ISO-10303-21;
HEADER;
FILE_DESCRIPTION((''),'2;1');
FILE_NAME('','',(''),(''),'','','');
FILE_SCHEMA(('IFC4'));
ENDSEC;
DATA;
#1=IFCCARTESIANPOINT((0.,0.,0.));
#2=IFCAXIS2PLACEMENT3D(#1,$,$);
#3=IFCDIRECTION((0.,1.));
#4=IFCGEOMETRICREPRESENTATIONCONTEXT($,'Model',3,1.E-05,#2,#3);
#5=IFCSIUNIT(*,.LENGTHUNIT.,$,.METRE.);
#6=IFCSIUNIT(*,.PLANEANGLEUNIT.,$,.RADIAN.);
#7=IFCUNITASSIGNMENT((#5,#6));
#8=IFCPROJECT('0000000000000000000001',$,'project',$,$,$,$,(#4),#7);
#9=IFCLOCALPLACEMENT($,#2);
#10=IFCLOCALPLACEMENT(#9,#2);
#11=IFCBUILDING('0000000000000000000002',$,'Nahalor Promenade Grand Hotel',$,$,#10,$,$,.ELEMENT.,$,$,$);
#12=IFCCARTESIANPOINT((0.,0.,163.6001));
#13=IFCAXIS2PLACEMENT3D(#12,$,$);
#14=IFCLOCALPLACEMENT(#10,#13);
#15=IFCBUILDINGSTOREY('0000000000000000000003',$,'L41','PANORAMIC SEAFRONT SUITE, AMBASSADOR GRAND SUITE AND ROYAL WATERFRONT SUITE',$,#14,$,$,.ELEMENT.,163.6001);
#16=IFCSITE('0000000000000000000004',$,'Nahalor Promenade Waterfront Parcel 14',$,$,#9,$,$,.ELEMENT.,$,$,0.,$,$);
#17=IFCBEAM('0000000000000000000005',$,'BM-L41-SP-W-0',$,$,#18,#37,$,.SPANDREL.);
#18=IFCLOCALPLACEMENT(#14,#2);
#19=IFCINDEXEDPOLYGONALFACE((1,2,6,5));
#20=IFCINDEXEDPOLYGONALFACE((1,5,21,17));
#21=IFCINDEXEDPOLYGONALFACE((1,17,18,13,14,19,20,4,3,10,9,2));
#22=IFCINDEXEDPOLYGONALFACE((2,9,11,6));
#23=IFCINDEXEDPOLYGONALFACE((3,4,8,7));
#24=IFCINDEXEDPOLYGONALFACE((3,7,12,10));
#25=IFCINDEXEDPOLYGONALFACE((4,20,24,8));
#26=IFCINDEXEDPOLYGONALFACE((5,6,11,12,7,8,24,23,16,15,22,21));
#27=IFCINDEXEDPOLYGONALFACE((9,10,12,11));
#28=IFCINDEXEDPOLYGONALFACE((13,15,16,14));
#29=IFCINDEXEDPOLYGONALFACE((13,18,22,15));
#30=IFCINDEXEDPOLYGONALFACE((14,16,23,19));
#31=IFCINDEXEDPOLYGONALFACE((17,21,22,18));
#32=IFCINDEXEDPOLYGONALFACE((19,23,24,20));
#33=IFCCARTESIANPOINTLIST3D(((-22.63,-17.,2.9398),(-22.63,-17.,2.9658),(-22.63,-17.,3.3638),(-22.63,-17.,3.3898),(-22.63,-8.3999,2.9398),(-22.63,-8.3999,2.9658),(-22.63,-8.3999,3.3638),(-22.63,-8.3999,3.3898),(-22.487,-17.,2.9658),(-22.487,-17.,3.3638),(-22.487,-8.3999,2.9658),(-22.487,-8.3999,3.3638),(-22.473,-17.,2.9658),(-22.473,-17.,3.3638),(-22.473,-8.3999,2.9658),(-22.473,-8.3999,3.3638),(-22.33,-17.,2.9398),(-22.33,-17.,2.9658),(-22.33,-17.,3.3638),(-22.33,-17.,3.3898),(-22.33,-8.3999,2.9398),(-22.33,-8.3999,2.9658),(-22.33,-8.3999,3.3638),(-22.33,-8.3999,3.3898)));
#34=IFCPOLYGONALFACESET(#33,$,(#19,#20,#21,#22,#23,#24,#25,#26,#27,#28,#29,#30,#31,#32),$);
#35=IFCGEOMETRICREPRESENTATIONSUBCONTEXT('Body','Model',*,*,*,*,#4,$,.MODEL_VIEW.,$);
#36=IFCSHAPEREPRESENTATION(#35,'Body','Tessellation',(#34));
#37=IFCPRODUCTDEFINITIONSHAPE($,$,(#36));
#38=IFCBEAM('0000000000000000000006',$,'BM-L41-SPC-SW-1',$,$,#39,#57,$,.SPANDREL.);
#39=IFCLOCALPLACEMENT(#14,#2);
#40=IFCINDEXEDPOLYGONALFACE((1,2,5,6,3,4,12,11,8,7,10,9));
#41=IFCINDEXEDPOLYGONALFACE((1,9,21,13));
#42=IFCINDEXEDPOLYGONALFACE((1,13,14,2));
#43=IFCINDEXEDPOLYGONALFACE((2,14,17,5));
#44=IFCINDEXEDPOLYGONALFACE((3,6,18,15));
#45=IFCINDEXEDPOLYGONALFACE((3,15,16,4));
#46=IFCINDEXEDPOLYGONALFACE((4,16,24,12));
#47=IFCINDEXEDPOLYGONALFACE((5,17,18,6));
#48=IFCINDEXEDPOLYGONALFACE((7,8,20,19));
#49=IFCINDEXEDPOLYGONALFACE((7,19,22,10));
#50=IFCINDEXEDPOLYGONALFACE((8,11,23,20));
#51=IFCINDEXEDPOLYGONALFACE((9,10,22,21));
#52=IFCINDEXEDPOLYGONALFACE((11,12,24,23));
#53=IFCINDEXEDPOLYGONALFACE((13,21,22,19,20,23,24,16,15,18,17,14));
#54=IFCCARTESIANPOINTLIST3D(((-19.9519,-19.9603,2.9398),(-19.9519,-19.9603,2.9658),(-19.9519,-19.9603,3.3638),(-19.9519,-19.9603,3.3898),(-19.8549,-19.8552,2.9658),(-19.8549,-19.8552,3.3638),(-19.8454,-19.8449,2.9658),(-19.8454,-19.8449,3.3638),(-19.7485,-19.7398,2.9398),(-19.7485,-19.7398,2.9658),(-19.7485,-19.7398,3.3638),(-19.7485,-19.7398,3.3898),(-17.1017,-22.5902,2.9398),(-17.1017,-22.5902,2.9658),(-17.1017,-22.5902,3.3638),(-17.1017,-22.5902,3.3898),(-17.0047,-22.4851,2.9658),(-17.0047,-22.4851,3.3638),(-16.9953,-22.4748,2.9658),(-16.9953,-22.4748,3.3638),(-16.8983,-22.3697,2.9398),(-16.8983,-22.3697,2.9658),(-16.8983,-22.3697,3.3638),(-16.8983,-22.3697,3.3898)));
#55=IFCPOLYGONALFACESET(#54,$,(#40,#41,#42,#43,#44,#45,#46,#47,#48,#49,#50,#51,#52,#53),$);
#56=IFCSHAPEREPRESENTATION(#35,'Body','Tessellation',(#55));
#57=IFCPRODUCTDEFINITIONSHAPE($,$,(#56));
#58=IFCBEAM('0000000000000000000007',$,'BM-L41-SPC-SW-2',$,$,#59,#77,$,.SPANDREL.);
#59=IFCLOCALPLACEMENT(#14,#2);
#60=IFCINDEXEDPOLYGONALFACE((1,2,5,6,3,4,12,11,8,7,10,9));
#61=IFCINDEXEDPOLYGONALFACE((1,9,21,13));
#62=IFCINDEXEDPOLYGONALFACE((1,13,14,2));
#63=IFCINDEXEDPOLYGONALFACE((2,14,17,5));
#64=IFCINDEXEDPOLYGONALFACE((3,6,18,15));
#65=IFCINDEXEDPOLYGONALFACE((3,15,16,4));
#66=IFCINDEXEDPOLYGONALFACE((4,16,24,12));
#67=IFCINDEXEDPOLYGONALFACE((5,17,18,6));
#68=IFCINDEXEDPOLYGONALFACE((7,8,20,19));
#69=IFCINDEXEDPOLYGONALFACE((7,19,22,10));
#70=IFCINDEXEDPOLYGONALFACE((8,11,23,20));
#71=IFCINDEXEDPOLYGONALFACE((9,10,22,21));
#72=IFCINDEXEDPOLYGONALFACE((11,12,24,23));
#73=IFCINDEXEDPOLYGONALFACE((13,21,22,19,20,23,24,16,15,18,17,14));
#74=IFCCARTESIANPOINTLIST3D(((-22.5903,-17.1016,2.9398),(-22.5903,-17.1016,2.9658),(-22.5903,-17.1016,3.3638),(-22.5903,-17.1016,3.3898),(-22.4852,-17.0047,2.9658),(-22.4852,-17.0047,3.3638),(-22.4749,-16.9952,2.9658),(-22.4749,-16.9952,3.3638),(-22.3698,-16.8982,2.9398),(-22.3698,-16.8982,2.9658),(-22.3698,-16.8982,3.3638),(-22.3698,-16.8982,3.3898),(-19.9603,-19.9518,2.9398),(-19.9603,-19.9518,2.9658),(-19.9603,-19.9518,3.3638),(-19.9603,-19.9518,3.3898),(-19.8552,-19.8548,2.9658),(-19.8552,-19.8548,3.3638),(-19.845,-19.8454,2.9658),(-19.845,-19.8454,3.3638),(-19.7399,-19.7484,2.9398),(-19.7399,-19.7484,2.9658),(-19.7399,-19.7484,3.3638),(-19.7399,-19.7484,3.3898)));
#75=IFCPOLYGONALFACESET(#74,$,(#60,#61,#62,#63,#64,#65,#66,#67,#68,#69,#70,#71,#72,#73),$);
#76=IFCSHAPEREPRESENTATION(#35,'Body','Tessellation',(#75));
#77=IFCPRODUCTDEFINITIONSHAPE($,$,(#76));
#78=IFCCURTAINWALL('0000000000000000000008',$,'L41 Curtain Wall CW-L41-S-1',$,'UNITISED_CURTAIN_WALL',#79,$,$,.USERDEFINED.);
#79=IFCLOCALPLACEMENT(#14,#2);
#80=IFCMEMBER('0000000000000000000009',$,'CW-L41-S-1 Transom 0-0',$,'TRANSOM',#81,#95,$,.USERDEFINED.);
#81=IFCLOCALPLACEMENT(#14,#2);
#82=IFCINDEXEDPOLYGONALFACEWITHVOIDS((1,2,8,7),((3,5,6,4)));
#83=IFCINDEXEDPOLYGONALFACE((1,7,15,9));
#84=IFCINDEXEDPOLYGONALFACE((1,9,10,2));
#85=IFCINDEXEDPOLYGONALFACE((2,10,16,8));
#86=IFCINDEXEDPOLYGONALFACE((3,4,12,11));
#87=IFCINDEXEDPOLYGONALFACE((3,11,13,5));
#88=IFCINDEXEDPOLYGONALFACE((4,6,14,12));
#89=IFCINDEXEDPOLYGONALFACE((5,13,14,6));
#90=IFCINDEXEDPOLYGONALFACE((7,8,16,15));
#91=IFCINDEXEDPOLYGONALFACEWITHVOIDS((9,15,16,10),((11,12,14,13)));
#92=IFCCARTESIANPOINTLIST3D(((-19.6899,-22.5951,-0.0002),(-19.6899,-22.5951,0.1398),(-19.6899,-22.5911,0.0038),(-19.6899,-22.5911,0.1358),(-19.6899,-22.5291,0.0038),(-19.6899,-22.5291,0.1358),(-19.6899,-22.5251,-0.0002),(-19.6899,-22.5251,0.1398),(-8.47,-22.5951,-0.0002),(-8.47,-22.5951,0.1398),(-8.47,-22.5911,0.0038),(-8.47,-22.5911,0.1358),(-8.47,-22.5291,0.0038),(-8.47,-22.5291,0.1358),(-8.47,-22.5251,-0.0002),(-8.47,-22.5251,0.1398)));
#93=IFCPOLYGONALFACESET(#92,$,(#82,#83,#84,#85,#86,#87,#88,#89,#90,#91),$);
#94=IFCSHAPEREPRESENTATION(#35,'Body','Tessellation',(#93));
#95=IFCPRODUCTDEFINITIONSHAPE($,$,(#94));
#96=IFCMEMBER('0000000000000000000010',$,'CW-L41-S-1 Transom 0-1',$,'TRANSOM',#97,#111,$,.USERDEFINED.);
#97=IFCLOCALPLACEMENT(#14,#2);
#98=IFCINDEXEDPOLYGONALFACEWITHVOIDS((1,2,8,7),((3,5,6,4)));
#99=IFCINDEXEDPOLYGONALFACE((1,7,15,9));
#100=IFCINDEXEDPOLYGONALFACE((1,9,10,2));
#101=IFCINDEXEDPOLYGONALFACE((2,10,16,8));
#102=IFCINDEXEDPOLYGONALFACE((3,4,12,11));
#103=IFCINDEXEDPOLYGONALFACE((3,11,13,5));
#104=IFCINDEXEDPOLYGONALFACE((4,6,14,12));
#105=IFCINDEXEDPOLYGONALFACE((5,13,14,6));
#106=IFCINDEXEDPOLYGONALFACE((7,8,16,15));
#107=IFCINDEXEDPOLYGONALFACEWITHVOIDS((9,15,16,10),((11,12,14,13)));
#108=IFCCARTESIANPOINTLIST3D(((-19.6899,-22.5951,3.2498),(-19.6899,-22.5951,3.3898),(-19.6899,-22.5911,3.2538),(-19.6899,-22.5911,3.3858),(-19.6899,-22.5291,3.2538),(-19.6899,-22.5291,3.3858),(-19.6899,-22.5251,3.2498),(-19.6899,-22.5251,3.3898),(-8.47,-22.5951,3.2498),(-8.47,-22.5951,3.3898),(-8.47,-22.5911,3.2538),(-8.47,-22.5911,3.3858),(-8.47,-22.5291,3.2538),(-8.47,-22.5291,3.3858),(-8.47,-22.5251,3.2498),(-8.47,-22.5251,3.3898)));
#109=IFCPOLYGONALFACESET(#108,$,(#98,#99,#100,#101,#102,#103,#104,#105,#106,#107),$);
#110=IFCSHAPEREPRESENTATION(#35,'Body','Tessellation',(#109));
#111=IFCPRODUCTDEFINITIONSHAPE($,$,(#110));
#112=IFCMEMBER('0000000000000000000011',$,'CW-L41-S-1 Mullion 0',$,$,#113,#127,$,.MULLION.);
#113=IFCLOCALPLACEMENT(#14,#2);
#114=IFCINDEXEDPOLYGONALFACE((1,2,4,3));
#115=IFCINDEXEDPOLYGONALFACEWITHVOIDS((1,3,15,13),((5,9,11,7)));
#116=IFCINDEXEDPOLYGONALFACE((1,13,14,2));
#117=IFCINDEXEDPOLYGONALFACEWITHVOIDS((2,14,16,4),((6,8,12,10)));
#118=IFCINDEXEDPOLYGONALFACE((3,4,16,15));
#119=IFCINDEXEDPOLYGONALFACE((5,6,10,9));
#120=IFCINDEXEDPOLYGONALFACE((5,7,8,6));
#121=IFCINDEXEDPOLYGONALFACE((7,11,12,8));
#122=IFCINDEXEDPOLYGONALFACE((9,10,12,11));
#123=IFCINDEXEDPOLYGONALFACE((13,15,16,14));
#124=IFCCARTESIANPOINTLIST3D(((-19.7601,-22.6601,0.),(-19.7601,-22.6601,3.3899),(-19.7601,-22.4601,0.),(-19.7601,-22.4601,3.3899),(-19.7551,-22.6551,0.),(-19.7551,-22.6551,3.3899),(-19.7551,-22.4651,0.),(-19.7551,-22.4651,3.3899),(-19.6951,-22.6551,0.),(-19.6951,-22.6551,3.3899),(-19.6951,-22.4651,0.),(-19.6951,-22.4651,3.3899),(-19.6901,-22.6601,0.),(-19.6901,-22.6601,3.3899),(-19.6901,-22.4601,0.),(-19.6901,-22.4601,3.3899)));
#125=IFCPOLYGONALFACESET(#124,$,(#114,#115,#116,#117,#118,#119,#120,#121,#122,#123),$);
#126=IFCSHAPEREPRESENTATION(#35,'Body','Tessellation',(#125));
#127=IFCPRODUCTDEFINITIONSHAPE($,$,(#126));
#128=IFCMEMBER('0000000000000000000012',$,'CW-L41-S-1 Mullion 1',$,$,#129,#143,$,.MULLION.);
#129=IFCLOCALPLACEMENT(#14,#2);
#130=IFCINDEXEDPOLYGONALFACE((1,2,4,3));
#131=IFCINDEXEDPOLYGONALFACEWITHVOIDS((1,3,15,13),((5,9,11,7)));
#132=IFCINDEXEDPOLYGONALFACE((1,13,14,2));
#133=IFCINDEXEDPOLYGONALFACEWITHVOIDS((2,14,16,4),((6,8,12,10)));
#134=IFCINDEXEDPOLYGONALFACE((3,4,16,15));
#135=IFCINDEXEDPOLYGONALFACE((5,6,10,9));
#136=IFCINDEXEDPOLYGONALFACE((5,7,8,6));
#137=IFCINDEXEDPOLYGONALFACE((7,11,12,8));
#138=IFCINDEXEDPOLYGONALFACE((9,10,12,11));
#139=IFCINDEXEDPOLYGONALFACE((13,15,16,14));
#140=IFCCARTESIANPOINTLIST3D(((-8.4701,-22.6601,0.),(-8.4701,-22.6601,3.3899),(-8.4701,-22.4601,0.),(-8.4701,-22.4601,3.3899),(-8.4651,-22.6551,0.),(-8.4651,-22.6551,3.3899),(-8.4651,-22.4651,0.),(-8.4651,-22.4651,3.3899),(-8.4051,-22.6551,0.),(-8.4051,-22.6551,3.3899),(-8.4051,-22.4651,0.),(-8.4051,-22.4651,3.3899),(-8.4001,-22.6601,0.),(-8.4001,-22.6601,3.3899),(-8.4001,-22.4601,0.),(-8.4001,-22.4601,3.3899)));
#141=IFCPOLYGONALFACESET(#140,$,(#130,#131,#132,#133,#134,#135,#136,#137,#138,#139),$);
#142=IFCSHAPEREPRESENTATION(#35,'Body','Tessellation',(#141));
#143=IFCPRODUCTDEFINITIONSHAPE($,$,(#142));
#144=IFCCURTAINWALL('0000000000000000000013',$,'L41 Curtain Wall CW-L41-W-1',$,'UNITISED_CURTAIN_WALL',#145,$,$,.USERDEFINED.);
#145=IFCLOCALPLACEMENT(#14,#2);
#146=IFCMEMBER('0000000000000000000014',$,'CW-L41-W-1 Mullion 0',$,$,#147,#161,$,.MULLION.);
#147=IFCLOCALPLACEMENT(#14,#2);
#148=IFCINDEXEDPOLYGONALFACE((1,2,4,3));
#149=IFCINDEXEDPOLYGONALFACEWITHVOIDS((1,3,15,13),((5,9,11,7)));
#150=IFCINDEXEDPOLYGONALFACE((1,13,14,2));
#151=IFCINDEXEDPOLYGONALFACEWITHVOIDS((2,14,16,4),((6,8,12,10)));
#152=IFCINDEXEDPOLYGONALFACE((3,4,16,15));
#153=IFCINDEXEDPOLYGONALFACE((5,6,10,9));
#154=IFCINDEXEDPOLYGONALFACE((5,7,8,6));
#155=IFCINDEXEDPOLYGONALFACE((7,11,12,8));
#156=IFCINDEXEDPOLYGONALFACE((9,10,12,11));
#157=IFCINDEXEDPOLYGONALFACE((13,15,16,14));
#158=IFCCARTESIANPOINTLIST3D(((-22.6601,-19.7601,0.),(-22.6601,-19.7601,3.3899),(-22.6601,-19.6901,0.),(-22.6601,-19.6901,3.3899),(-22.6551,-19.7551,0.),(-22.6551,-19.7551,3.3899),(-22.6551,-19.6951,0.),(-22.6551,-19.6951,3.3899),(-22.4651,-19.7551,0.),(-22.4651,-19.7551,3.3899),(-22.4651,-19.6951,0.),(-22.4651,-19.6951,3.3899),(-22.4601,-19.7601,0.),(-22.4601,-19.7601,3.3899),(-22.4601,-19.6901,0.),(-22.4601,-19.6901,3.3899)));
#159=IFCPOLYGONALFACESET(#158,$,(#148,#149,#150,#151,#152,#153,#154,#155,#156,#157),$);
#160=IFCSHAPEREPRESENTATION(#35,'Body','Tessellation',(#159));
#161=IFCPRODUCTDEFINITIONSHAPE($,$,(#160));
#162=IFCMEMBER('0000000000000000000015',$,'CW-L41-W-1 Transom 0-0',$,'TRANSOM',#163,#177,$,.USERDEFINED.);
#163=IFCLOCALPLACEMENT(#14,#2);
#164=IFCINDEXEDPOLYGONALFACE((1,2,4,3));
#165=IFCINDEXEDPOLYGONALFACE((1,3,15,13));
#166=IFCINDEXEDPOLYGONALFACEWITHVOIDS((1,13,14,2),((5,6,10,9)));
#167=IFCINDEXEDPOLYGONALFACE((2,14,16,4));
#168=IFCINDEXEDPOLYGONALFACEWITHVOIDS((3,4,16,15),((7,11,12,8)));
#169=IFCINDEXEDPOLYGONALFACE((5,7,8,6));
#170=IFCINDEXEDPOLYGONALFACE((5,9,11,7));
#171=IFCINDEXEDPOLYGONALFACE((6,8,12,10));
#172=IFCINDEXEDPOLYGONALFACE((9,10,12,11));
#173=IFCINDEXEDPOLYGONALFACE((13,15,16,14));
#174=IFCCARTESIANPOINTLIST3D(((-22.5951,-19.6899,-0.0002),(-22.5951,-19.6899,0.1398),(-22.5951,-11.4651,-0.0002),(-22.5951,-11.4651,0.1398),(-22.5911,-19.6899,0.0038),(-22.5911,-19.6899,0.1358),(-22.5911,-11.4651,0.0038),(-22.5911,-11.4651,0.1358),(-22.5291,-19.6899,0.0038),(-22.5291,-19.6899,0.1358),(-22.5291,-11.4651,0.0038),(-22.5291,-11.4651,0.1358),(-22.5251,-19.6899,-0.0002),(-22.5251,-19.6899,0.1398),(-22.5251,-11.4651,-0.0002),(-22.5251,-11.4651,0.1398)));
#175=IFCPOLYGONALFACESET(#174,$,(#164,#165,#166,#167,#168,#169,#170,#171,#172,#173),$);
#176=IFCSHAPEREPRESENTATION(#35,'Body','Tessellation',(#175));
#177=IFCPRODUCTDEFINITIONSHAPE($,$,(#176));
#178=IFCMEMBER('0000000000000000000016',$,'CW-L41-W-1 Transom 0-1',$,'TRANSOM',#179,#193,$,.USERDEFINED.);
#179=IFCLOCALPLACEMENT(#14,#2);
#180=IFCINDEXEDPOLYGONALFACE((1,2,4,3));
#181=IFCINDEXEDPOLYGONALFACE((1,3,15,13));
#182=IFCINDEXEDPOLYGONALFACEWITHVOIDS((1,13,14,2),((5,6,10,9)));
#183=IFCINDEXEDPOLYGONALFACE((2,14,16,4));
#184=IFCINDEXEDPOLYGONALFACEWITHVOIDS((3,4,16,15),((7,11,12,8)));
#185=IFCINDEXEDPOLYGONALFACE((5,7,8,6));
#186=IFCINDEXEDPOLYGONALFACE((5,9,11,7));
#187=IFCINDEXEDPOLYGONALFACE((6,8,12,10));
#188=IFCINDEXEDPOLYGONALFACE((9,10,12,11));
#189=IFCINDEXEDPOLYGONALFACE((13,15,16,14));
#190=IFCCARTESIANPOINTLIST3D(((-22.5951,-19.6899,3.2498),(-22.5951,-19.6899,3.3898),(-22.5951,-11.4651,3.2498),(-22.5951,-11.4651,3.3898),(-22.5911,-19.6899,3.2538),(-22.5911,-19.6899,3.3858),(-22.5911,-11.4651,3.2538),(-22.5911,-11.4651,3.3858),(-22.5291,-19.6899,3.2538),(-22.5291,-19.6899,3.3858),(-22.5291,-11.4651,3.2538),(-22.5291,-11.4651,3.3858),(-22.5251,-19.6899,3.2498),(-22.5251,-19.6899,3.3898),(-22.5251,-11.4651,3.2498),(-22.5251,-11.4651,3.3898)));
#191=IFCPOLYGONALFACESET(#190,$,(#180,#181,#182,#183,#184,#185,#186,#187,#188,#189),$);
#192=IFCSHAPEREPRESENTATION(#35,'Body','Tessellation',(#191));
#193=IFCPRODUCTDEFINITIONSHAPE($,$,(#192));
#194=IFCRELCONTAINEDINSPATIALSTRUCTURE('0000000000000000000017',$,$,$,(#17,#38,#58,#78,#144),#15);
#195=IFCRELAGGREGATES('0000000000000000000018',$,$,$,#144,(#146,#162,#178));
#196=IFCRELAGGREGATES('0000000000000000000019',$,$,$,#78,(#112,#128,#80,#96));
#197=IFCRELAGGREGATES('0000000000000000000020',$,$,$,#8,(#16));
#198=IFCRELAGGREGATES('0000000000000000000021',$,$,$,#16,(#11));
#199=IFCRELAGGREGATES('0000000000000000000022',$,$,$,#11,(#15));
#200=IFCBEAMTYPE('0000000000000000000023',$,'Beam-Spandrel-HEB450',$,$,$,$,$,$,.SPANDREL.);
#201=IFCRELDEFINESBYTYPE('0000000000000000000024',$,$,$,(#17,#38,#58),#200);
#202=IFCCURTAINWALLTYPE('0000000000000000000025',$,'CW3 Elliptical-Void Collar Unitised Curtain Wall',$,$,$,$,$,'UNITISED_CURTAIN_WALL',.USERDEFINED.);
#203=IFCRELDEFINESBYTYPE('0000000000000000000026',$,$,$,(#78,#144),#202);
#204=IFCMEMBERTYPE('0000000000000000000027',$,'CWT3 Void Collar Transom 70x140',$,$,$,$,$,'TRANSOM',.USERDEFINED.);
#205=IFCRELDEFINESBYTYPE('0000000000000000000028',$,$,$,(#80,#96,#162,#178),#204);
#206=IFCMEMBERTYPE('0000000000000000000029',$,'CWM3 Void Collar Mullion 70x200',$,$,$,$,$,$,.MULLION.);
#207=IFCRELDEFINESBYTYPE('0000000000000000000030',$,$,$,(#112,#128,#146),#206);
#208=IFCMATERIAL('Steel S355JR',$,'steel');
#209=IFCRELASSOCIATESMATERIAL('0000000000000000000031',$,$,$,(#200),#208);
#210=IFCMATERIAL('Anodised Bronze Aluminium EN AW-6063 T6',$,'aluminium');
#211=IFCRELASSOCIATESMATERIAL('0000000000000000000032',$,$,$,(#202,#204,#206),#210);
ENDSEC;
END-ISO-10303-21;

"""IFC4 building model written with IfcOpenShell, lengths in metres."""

from ifc_helpers import new_model, si_unit, direction, frame, origin, origin_2d, place, context, subcontext, project, spatial, hollow_rectangle, i_section, extrude, source, transform, mapped, material, material_profile, profile_set, type_object, element, aggregate, save


model = new_model("IFC4")

# Units and contexts
model_context = context("Model", 3, precision=1e-05, world=origin(), true_north=direction((0.0, 1.0)))
body_context = subcontext(model_context, "Body", "Model", "MODEL_VIEW")
ifc_project = project(units=[si_unit("LENGTHUNIT", "METRE"), si_unit("PLANEANGLEUNIT", "RADIAN")], contexts=[model_context])

# Site, building, storey
site_placement = place(None, origin())
site = spatial("IfcSite", under=ifc_project, at=site_placement, Name="Nahalor Promenade Waterfront Parcel 14", CompositionType="ELEMENT", RefElevation=0.0)
building_placement = place(site_placement, origin())
building = spatial("IfcBuilding", under=site, at=building_placement, Name="Nahalor Promenade Grand Hotel", CompositionType="ELEMENT")
storey_placement = place(building_placement, frame((0.0, 0.0, 163.6001)))
storey = spatial("IfcBuildingStorey", under=building, at=storey_placement, Name="L41", Description="PANORAMIC SEAFRONT SUITE, AMBASSADOR GRAND SUITE AND ROYAL WATERFRONT SUITE", CompositionType="ELEMENT", Elevation=163.6001)

# Beams
ifc_material_1 = material(Name="Steel S355JR", Category="steel")
ifc_material_profile_1 = material_profile(ifc_material_1, i_section(OverallWidth=0.3, OverallDepth=0.45, WebThickness=0.014, FlangeThickness=0.026, at=origin_2d()), Name="HEB 450")
ifc_profile_set_1 = profile_set([ifc_material_profile_1], Name="Steel S355JR")
beam_type_1 = type_object("IfcBeamType", Name="Beam-Spandrel-HEB450", PredefinedType="SPANDREL", material=ifc_profile_set_1)
shared_shape_1 = source(origin(), body_context, "Body", "SweptSolid", [
    extrude(i_section(OverallWidth=0.3, OverallDepth=0.45, WebThickness=0.014, FlangeThickness=0.026, at=origin_2d()), origin(), (0.0, 0.0, 1.0), 8.6001),
])
for number, where, z_axis, x_axis, name in (
    (1, (-22.48, -17.0, 3.1648), (0.0, 1.0, 0.0), (-1.0, 0.0, 0.0), "BM-L41-SP-W-0"),
):
    element("IfcBeam", number, at=place(storey_placement, frame(where, z_axis=z_axis, x_axis=x_axis)), inside=storey, type_object=beam_type_1, Name=name, PredefinedType="SPANDREL", context=body_context, shape_type="MappedRepresentation", body=[
        mapped(shared_shape_1, transform((0.0, 0.0, 0.0), scale=1.0)),
    ])
shared_shape_2 = source(origin(), body_context, "Body", "SweptSolid", [
    extrude(i_section(OverallWidth=0.3, OverallDepth=0.45, WebThickness=0.014, FlangeThickness=0.026, at=origin_2d()), origin(), (0.0, 0.0, 1.0), 3.8782),
])
for number, where, z_axis, x_axis, name in (
    (2, (-17.0, -22.48, 3.1648), (-0.734929, 0.678144, 0.0), (-0.678144, -0.734929, 0.0), "BM-L41-SPC-SW-1"),
    (3, (-19.8501, -19.8501, 3.1648), (-0.678144, 0.734929, 0.0), (-0.734929, -0.678144, 0.0), "BM-L41-SPC-SW-2"),
):
    element("IfcBeam", number, at=place(storey_placement, frame(where, z_axis=z_axis, x_axis=x_axis)), inside=storey, type_object=beam_type_1, Name=name, PredefinedType="SPANDREL", context=body_context, shape_type="MappedRepresentation", body=[
        mapped(shared_shape_2, transform((0.0, 0.0, 0.0), scale=1.0)),
    ])

# Curtain walls, members
ifc_material_2 = material(Name="Anodised Bronze Aluminium EN AW-6063 T6", Category="aluminium")
curtain_wall_type = type_object("IfcCurtainWallType", Name="CW3 Elliptical-Void Collar Unitised Curtain Wall", ElementType="UNITISED_CURTAIN_WALL", PredefinedType="USERDEFINED", material=ifc_material_2)
curtain_wall_1_placement = place(storey_placement, origin())
curtain_wall_1 = element("IfcCurtainWall", 4, at=curtain_wall_1_placement, inside=storey, type_object=curtain_wall_type, Name="L41 Curtain Wall CW-L41-S-1", ObjectType="UNITISED_CURTAIN_WALL", PredefinedType="USERDEFINED")
ifc_material_profile_2 = material_profile(ifc_material_2, hollow_rectangle(XDim=0.07, YDim=0.14, WallThickness=0.004, at=origin_2d()), Name="CWT 70x140x4")
ifc_profile_set_2 = profile_set([ifc_material_profile_2], Name="Anodised Bronze Aluminium EN AW-6063 T6")
member_type_1 = type_object("IfcMemberType", Name="CWT3 Void Collar Transom 70x140", ElementType="TRANSOM", PredefinedType="USERDEFINED", material=ifc_profile_set_2)
shared_shape_3 = source(origin(), body_context, "Body", "SweptSolid", [
    extrude(hollow_rectangle(XDim=0.07, YDim=0.14, WallThickness=0.004, at=origin_2d()), origin(), (0.0, 0.0, 1.0), 11.22),
])
member_1_placement = place(storey_placement, frame((-19.6899, -22.5601, 0.0698), z_axis=(1.0, 0.0, 0.0), x_axis=(0.0, 1.0, 0.0)))
member_1 = element("IfcMember", 5, at=member_1_placement, type_object=member_type_1, Name="CW-L41-S-1 Transom 0-0", ObjectType="TRANSOM", PredefinedType="USERDEFINED", context=body_context, shape_type="MappedRepresentation", body=[
    mapped(shared_shape_3, transform((0.0, 0.0, 0.0), scale=1.0)),
])
member_2_placement = place(storey_placement, frame((-19.6899, -22.5601, 3.3198), z_axis=(1.0, 0.0, 0.0), x_axis=(0.0, 1.0, 0.0)))
member_2 = element("IfcMember", 6, at=member_2_placement, type_object=member_type_1, Name="CW-L41-S-1 Transom 0-1", ObjectType="TRANSOM", PredefinedType="USERDEFINED", context=body_context, shape_type="MappedRepresentation", body=[
    mapped(shared_shape_3, transform((0.0, 0.0, 0.0), scale=1.0)),
])
ifc_material_profile_3 = material_profile(ifc_material_2, hollow_rectangle(XDim=0.07, YDim=0.2, WallThickness=0.005, at=origin_2d()), Name="CWM 70x200x5")
ifc_profile_set_3 = profile_set([ifc_material_profile_3], Name="Anodised Bronze Aluminium EN AW-6063 T6")
member_type_2 = type_object("IfcMemberType", Name="CWM3 Void Collar Mullion 70x200", PredefinedType="MULLION", material=ifc_profile_set_3)
shared_shape_4 = source(origin(), body_context, "Body", "SweptSolid", [
    extrude(hollow_rectangle(XDim=0.07, YDim=0.2, WallThickness=0.005, at=origin_2d()), origin(), (0.0, 0.0, 1.0), 3.3899),
])
member_3_placement = place(storey_placement, frame((-19.7251, -22.5601, 0.0), z_axis=(0.0, 0.0, 1.0), x_axis=(1.0, 0.0, 0.0)))
member_3 = element("IfcMember", 7, at=member_3_placement, type_object=member_type_2, Name="CW-L41-S-1 Mullion 0", PredefinedType="MULLION", context=body_context, shape_type="MappedRepresentation", body=[
    mapped(shared_shape_4, transform((0.0, 0.0, 0.0), scale=1.0)),
])
member_4_placement = place(storey_placement, frame((-8.4351, -22.5601, 0.0), z_axis=(0.0, 0.0, 1.0), x_axis=(1.0, 0.0, 0.0)))
member_4 = element("IfcMember", 8, at=member_4_placement, type_object=member_type_2, Name="CW-L41-S-1 Mullion 1", PredefinedType="MULLION", context=body_context, shape_type="MappedRepresentation", body=[
    mapped(shared_shape_4, transform((0.0, 0.0, 0.0), scale=1.0)),
])
curtain_wall_2_placement = place(storey_placement, origin())
curtain_wall_2 = element("IfcCurtainWall", 9, at=curtain_wall_2_placement, inside=storey, type_object=curtain_wall_type, Name="L41 Curtain Wall CW-L41-W-1", ObjectType="UNITISED_CURTAIN_WALL", PredefinedType="USERDEFINED")
member_5_placement = place(storey_placement, frame((-22.5601, -19.7251, 0.0), z_axis=(0.0, 0.0, 1.0), x_axis=(0.0, 1.0, 0.0)))
member_5 = element("IfcMember", 10, at=member_5_placement, type_object=member_type_2, Name="CW-L41-W-1 Mullion 0", PredefinedType="MULLION", context=body_context, shape_type="MappedRepresentation", body=[
    mapped(shared_shape_4, transform((0.0, 0.0, 0.0), scale=1.0)),
])
shared_shape_5 = source(origin(), body_context, "Body", "SweptSolid", [
    extrude(hollow_rectangle(XDim=0.07, YDim=0.14, WallThickness=0.004, at=origin_2d()), origin(), (0.0, 0.0, 1.0), 8.2249),
])
member_6_placement = place(storey_placement, frame((-22.5601, -19.6899, 0.0698), z_axis=(0.0, 1.0, 0.0), x_axis=(-1.0, 0.0, 0.0)))
member_6 = element("IfcMember", 11, at=member_6_placement, type_object=member_type_1, Name="CW-L41-W-1 Transom 0-0", ObjectType="TRANSOM", PredefinedType="USERDEFINED", context=body_context, shape_type="MappedRepresentation", body=[
    mapped(shared_shape_5, transform((0.0, 0.0, 0.0), scale=1.0)),
])
member_7_placement = place(storey_placement, frame((-22.5601, -19.6899, 3.3198), z_axis=(0.0, 1.0, 0.0), x_axis=(-1.0, 0.0, 0.0)))
member_7 = element("IfcMember", 12, at=member_7_placement, type_object=member_type_1, Name="CW-L41-W-1 Transom 0-1", ObjectType="TRANSOM", PredefinedType="USERDEFINED", context=body_context, shape_type="MappedRepresentation", body=[
    mapped(shared_shape_5, transform((0.0, 0.0, 0.0), scale=1.0)),
])
aggregate(curtain_wall_2, [member_5, member_6, member_7])

aggregate(curtain_wall_1, [member_3, member_4, member_1, member_2])

save(model, "model.ifc")
